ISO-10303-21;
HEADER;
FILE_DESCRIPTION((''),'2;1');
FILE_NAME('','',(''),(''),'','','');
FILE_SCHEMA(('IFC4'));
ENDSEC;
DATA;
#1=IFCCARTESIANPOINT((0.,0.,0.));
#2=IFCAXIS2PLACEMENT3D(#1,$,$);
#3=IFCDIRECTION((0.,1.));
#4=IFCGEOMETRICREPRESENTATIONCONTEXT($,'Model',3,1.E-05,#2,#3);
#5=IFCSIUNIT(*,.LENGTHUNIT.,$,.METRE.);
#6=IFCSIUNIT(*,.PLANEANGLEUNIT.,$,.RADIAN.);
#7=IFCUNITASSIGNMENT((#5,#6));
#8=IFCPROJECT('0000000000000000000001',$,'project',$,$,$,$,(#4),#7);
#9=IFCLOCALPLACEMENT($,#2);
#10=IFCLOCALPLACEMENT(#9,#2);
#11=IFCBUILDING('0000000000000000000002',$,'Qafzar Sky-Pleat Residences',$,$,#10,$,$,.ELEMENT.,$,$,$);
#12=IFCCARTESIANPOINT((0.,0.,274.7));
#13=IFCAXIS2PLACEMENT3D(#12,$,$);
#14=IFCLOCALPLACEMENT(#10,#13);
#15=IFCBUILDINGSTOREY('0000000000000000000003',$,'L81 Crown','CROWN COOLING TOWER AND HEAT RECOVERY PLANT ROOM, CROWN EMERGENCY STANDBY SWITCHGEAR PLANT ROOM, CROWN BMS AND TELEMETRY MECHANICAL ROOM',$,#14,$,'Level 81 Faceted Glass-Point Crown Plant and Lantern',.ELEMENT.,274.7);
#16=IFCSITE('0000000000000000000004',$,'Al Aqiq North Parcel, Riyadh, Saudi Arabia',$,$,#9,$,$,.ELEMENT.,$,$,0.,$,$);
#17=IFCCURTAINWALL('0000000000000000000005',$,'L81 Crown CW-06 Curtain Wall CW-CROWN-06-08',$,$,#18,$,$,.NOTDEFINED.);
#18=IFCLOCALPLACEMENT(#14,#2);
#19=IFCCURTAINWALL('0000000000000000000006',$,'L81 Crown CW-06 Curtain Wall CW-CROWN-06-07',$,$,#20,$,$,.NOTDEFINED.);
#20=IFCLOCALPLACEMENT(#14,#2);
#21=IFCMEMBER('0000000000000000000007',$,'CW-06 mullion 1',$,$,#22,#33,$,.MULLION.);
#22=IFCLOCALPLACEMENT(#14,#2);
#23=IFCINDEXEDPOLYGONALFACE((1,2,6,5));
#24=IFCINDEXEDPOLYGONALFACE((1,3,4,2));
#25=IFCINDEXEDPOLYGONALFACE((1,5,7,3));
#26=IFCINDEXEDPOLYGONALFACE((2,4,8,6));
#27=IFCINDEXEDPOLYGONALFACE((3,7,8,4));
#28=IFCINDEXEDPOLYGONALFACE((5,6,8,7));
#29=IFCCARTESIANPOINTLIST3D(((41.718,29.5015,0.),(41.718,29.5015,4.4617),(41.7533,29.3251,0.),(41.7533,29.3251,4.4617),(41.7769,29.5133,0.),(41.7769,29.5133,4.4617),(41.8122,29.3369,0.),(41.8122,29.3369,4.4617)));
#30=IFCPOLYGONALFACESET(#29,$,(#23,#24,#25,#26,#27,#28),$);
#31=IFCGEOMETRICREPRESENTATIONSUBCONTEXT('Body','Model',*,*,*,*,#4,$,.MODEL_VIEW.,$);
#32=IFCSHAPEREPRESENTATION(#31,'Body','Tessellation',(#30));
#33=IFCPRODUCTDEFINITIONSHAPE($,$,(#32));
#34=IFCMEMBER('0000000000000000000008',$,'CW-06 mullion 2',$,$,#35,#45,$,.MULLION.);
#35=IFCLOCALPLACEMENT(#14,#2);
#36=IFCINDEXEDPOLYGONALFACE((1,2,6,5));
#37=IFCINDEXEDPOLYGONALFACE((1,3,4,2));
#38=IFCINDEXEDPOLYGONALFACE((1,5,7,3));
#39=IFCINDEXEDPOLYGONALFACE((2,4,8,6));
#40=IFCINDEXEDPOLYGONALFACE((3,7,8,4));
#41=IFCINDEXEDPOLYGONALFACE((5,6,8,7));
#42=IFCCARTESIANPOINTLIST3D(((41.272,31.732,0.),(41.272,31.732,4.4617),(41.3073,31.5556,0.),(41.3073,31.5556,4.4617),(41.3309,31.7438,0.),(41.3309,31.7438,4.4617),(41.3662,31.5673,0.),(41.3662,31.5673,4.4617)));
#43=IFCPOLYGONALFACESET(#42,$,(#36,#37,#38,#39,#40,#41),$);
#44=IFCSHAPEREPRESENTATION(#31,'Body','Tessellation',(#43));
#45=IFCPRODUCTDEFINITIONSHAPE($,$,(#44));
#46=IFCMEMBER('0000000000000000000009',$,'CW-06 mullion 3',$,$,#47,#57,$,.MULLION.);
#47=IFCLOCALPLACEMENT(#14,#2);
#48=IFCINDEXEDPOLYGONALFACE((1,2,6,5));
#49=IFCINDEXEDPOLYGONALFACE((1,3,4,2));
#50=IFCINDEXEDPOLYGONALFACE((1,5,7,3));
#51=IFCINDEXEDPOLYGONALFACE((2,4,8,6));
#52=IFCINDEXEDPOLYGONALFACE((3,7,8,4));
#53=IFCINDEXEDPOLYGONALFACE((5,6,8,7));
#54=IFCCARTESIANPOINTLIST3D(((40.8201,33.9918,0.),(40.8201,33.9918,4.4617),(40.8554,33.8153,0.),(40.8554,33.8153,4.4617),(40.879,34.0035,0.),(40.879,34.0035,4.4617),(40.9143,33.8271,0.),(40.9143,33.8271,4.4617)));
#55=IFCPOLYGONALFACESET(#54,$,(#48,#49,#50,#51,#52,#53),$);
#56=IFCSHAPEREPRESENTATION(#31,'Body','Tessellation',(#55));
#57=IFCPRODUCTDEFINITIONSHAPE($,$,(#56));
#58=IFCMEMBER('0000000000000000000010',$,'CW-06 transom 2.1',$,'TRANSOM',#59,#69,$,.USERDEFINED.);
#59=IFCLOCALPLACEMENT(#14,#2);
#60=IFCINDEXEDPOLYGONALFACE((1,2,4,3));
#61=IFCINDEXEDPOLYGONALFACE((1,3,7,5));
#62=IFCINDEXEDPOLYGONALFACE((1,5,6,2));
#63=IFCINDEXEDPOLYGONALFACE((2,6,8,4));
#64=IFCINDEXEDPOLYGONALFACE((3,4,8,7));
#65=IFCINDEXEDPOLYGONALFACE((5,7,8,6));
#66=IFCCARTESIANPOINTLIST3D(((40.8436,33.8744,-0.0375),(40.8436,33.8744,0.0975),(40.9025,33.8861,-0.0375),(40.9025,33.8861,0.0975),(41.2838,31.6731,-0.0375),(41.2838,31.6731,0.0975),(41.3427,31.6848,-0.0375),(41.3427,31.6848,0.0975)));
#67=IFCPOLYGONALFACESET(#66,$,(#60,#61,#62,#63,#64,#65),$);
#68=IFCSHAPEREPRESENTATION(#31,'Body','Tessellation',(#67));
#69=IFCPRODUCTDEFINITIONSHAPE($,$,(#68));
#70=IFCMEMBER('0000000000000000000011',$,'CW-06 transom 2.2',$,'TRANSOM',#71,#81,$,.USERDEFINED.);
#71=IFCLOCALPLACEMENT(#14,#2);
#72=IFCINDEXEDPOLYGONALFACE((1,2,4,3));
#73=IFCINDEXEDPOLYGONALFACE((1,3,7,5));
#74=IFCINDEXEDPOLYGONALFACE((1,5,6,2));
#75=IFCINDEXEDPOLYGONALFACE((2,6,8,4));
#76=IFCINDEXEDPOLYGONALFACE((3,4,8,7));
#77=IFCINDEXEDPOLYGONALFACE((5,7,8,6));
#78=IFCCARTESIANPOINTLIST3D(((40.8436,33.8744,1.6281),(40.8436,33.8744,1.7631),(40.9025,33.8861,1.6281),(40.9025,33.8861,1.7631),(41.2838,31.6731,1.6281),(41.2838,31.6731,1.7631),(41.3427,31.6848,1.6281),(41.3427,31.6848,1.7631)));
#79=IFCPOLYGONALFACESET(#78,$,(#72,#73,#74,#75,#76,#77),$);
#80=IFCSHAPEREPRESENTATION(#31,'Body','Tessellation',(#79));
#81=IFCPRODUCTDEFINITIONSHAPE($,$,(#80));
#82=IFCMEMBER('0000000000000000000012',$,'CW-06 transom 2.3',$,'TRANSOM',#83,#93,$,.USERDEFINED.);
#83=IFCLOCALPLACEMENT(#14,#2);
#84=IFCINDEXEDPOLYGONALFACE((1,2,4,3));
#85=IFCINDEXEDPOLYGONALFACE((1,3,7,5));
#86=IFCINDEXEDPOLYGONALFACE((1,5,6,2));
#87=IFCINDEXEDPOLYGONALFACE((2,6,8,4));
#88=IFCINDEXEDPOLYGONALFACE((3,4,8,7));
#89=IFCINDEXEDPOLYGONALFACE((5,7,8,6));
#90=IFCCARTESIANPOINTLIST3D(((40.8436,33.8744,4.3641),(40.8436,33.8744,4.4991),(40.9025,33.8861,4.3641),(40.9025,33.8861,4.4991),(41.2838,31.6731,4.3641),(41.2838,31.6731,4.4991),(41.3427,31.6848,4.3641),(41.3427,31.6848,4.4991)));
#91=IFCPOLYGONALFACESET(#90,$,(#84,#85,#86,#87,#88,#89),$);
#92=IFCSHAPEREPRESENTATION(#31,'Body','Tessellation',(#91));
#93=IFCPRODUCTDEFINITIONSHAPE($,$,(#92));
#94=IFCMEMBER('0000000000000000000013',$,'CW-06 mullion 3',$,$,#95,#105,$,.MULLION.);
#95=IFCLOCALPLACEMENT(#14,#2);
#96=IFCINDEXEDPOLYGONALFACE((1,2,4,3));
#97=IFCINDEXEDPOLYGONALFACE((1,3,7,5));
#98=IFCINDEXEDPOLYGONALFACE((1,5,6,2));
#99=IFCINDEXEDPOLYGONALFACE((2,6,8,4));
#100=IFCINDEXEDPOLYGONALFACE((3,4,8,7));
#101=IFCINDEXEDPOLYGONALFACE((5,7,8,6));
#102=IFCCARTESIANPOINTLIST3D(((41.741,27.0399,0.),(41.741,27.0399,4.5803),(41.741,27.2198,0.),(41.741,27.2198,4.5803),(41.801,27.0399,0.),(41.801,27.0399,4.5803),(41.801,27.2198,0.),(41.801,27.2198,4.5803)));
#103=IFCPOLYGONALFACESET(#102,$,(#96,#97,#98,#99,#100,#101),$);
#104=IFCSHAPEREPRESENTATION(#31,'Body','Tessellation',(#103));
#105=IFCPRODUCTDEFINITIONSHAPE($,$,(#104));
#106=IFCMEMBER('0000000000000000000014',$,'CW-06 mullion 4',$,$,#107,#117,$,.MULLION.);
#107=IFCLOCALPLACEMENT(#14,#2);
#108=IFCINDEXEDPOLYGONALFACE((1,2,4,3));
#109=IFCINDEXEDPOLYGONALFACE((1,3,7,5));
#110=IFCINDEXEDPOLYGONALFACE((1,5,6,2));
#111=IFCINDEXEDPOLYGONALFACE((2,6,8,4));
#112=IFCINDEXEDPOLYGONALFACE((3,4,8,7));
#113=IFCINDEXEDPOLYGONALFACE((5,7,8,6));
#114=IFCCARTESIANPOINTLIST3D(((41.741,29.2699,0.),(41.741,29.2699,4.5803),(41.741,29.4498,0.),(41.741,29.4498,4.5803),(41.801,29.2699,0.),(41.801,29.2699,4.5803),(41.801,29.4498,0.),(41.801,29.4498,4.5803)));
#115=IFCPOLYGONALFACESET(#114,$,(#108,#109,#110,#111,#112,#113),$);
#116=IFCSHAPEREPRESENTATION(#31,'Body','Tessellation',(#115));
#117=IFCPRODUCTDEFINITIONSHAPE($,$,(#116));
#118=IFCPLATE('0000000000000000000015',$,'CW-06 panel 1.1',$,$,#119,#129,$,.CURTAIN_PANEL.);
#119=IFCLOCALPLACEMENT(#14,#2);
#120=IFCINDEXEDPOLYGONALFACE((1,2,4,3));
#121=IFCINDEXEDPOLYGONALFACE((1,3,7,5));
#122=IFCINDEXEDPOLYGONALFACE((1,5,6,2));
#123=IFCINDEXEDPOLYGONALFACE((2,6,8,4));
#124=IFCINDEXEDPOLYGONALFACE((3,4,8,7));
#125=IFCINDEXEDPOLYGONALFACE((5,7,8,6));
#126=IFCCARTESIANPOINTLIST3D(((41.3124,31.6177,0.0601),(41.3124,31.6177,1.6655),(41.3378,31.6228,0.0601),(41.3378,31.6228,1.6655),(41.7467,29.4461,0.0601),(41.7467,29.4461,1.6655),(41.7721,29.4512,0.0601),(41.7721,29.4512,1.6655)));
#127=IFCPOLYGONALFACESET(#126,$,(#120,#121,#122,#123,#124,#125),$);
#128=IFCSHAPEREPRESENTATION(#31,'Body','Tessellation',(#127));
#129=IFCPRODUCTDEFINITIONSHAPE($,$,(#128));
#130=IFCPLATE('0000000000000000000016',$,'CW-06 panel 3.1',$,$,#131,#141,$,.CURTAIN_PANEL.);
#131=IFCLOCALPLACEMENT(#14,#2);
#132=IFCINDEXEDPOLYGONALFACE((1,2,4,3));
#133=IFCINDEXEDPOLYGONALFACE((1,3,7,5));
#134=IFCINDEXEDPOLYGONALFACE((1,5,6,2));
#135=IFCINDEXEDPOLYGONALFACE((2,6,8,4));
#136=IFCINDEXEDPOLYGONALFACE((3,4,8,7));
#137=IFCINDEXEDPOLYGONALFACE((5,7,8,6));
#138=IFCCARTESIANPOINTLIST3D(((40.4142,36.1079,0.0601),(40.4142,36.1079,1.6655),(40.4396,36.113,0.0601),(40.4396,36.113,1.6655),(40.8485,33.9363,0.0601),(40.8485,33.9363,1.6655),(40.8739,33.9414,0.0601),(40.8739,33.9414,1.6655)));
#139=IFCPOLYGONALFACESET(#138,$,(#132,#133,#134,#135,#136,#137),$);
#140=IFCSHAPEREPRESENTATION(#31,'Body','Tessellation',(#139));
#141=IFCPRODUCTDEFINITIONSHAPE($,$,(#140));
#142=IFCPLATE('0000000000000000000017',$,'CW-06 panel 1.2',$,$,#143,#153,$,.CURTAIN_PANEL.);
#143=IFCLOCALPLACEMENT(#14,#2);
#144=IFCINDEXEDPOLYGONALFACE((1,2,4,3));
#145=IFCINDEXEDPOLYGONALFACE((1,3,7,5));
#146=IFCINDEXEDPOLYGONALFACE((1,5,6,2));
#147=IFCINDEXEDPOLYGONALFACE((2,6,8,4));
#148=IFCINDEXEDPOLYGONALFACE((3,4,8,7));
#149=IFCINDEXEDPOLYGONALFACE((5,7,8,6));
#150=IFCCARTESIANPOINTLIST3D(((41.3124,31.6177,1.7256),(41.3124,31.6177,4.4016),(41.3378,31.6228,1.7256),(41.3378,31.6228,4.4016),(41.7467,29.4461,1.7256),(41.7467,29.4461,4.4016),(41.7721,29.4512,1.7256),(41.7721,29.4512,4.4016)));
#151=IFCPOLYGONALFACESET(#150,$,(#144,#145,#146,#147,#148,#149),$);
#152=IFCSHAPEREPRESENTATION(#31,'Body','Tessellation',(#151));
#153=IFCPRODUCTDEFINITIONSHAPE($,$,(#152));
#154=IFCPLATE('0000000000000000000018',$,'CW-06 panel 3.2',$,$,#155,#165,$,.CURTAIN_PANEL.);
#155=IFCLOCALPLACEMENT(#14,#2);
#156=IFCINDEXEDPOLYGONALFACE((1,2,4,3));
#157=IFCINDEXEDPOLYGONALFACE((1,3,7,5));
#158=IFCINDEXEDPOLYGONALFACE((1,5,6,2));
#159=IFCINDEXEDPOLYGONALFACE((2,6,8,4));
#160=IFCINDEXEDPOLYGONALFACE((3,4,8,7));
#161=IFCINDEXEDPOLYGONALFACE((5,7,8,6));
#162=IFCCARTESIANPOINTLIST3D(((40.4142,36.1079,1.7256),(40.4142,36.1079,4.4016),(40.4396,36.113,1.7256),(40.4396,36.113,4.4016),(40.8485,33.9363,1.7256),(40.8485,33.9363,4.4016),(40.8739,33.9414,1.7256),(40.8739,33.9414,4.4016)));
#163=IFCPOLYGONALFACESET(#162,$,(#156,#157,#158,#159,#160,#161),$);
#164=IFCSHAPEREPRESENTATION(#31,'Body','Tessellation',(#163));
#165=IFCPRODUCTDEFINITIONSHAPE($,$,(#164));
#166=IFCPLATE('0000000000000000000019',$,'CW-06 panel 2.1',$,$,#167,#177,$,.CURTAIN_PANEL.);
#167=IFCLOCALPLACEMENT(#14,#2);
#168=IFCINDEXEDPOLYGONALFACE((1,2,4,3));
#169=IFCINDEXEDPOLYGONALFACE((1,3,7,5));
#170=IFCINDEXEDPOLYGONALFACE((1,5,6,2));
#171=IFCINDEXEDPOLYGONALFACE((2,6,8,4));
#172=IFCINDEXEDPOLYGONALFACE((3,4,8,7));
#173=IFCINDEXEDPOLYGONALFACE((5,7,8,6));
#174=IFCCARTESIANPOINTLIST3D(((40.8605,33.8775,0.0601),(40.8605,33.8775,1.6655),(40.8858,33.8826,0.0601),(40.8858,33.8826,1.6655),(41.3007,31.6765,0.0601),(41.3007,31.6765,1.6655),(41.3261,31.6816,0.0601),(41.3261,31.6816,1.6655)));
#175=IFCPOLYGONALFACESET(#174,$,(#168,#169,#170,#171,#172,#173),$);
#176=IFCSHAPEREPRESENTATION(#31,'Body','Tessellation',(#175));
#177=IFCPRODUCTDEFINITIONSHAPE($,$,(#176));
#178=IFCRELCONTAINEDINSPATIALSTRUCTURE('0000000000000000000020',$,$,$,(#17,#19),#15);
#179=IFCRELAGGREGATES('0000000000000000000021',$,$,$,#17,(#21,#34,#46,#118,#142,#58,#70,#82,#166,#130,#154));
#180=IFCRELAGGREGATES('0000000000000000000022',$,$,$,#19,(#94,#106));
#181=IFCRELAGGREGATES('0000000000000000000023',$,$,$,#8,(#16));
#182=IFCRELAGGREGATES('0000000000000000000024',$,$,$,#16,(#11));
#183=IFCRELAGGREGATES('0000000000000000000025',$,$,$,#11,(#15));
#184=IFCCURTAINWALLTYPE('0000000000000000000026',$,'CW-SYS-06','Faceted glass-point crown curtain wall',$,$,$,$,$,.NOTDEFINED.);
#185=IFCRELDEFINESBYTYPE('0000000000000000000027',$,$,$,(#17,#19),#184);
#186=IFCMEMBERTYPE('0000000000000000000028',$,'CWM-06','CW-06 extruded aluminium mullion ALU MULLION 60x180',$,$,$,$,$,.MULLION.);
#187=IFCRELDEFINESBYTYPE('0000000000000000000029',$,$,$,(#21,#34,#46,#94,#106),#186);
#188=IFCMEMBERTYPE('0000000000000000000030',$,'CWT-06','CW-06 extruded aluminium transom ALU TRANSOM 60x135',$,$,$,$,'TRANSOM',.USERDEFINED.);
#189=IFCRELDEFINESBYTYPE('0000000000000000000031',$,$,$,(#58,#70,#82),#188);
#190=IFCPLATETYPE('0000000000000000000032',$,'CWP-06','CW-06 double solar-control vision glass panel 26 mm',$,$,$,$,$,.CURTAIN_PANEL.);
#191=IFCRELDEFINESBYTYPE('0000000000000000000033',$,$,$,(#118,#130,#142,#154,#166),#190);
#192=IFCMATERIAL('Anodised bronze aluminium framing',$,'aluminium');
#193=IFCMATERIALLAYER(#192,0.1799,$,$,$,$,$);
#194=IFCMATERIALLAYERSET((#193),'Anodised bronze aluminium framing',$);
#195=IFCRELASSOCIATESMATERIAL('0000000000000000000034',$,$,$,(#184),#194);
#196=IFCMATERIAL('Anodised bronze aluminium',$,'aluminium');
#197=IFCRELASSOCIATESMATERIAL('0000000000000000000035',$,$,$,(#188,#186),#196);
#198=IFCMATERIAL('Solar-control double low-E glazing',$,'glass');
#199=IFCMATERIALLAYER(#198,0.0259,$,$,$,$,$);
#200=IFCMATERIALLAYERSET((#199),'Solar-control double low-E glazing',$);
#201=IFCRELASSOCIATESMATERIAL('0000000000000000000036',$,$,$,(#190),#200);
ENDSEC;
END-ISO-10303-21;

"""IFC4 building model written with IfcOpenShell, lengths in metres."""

from ifc_helpers import new_model, si_unit, direction, frame, origin, origin_2d, place, context, subcontext, project, spatial, rectangle, extrude, source, transform, mapped, material, layer, layer_set, material_profile, profile_set, type_object, element, aggregate, save


model = new_model("IFC4")

# Units and contexts
model_context = context("Model", 3, precision=1e-05, world=origin(), true_north=direction((0.0, 1.0)))
body_context = subcontext(model_context, "Body", "Model", "MODEL_VIEW")
ifc_project = project(units=[si_unit("LENGTHUNIT", "METRE"), si_unit("PLANEANGLEUNIT", "RADIAN")], contexts=[model_context])

# Site, building, storey
site_placement = place(None, origin())
site = spatial("IfcSite", under=ifc_project, at=site_placement, Name="Al Aqiq North Parcel, Riyadh, Saudi Arabia", CompositionType="ELEMENT", RefElevation=0.0)
building_placement = place(site_placement, origin())
building = spatial("IfcBuilding", under=site, at=building_placement, Name="Qafzar Sky-Pleat Residences", CompositionType="ELEMENT")
storey_placement = place(building_placement, frame((0.0, 0.0, 274.7)))
storey = spatial("IfcBuildingStorey", under=building, at=storey_placement, Name="L81 Crown", Description="CROWN COOLING TOWER AND HEAT RECOVERY PLANT ROOM, CROWN EMERGENCY STANDBY SWITCHGEAR PLANT ROOM, CROWN BMS AND TELEMETRY MECHANICAL ROOM", LongName="Level 81 Faceted Glass-Point Crown Plant and Lantern", CompositionType="ELEMENT", Elevation=274.7)

# Curtain walls
ifc_material_1 = material(Name="Anodised bronze aluminium framing", Category="aluminium")
ifc_layer_1 = layer(ifc_material_1, 0.1799)
ifc_layer_set_1 = layer_set([ifc_layer_1], Name="Anodised bronze aluminium framing")
curtain_wall_type = type_object("IfcCurtainWallType", Name="CW-SYS-06", Description="Faceted glass-point crown curtain wall", PredefinedType="NOTDEFINED", material=ifc_layer_set_1)
curtain_wall_1_placement = place(storey_placement, origin())
curtain_wall_1 = element("IfcCurtainWall", 1, at=curtain_wall_1_placement, inside=storey, type_object=curtain_wall_type, Name="L81 Crown CW-06 Curtain Wall CW-CROWN-06-08", PredefinedType="NOTDEFINED")
ifc_material_2 = material(Name="Anodised bronze aluminium", Category="aluminium")
ifc_material_profile_1 = material_profile(ifc_material_2, rectangle(XDim=0.0601, YDim=0.135, at=origin_2d()), Name="ALU TRANSOM 60x135")
ifc_profile_set_1 = profile_set([ifc_material_profile_1], Name="Anodised bronze aluminium")
member_type_1 = type_object("IfcMemberType", Name="CWT-06", Description="CW-06 extruded aluminium transom ALU TRANSOM 60x135", ElementType="TRANSOM", PredefinedType="USERDEFINED", material=ifc_profile_set_1)
curtain_wall_2_placement = place(storey_placement, origin())
curtain_wall_2 = element("IfcCurtainWall", 2, at=curtain_wall_2_placement, inside=storey, type_object=curtain_wall_type, Name="L81 Crown CW-06 Curtain Wall CW-CROWN-06-07", PredefinedType="NOTDEFINED")

# Members
ifc_material_profile_2 = material_profile(ifc_material_2, rectangle(XDim=0.0601, YDim=0.1799, at=origin_2d()), Name="ALU MULLION 60x180")
ifc_profile_set_2 = profile_set([ifc_material_profile_2], Name="Anodised bronze aluminium")
member_type_2 = type_object("IfcMemberType", Name="CWM-06", Description="CW-06 extruded aluminium mullion ALU MULLION 60x180", PredefinedType="MULLION", material=ifc_profile_set_2)
shared_shape_1 = source(origin(), body_context, "Body", "SweptSolid", [
    extrude(rectangle(XDim=0.0601, YDim=0.1799, at=origin_2d()), origin(), (0.0, 0.0, 1.0), 4.4617),
])
member_1_placement = place(storey_placement, frame((41.7651, 29.4192, 0.0), z_axis=(0.0, 0.0, 1.0), x_axis=(-0.980581, -0.196116, 0.0)))
member_1 = element("IfcMember", 3, at=member_1_placement, type_object=member_type_2, Name="CW-06 mullion 1", PredefinedType="MULLION", context=body_context, shape_type="MappedRepresentation", body=[
    mapped(shared_shape_1, transform((0.0, 0.0, 0.0), x_axis=(1.0, 0.0, 0.0), y_axis=(0.0, 1.0, 0.0), z_axis=(0.0, 0.0, 1.0), scale=1.0)),
])
member_2_placement = place(storey_placement, frame((41.3191, 31.6497, 0.0), z_axis=(0.0, 0.0, 1.0), x_axis=(-0.980581, -0.196116, 0.0)))
member_2 = element("IfcMember", 4, at=member_2_placement, type_object=member_type_2, Name="CW-06 mullion 2", PredefinedType="MULLION", context=body_context, shape_type="MappedRepresentation", body=[
    mapped(shared_shape_1, transform((0.0, 0.0, 0.0), x_axis=(1.0, 0.0, 0.0), y_axis=(0.0, 1.0, 0.0), z_axis=(0.0, 0.0, 1.0), scale=1.0)),
])
member_3_placement = place(storey_placement, frame((40.8672, 33.9094, 0.0), z_axis=(0.0, 0.0, 1.0), x_axis=(-0.980581, -0.196116, 0.0)))
member_3 = element("IfcMember", 5, at=member_3_placement, type_object=member_type_2, Name="CW-06 mullion 3", PredefinedType="MULLION", context=body_context, shape_type="MappedRepresentation", body=[
    mapped(shared_shape_1, transform((0.0, 0.0, 0.0), x_axis=(1.0, 0.0, 0.0), y_axis=(0.0, 1.0, 0.0), z_axis=(0.0, 0.0, 1.0), scale=1.0)),
])
shared_shape_2 = source(origin(), body_context, "Body", "SweptSolid", [
    extrude(rectangle(XDim=0.0601, YDim=0.135, at=origin_2d()), origin(), (0.0, 0.0, 1.0), 2.2449),
])
member_4_placement = place(storey_placement, frame((41.3132, 31.679, 0.03), z_axis=(-0.196095, 0.980585, 0.0), x_axis=(-0.980585, -0.196095, 0.0)))
member_4 = element("IfcMember", 6, at=member_4_placement, type_object=member_type_1, Name="CW-06 transom 2.1", ObjectType="TRANSOM", PredefinedType="USERDEFINED", context=body_context, shape_type="MappedRepresentation", body=[
    mapped(shared_shape_2, transform((0.0, 0.0, 0.0), x_axis=(1.0, 0.0, 0.0), y_axis=(0.0, 1.0, 0.0), z_axis=(0.0, 0.0, 1.0), scale=1.0)),
])
member_5_placement = place(storey_placement, frame((41.3132, 31.679, 1.6956), z_axis=(-0.196095, 0.980585, 0.0), x_axis=(-0.980585, -0.196095, 0.0)))
member_5 = element("IfcMember", 7, at=member_5_placement, type_object=member_type_1, Name="CW-06 transom 2.2", ObjectType="TRANSOM", PredefinedType="USERDEFINED", context=body_context, shape_type="MappedRepresentation", body=[
    mapped(shared_shape_2, transform((0.0, 0.0, 0.0), x_axis=(1.0, 0.0, 0.0), y_axis=(0.0, 1.0, 0.0), z_axis=(0.0, 0.0, 1.0), scale=1.0)),
])
member_6_placement = place(storey_placement, frame((41.3132, 31.679, 4.4316), z_axis=(-0.196095, 0.980585, 0.0), x_axis=(-0.980585, -0.196095, 0.0)))
member_6 = element("IfcMember", 8, at=member_6_placement, type_object=member_type_1, Name="CW-06 transom 2.3", ObjectType="TRANSOM", PredefinedType="USERDEFINED", context=body_context, shape_type="MappedRepresentation", body=[
    mapped(shared_shape_2, transform((0.0, 0.0, 0.0), x_axis=(1.0, 0.0, 0.0), y_axis=(0.0, 1.0, 0.0), z_axis=(0.0, 0.0, 1.0), scale=1.0)),
])
shared_shape_3 = source(origin(), body_context, "Body", "SweptSolid", [
    extrude(rectangle(XDim=0.0601, YDim=0.1799, at=origin_2d()), origin(), (0.0, 0.0, 1.0), 4.5803),
])
member_7_placement = place(storey_placement, frame((41.771, 27.1299, 0.0), z_axis=(0.0, 0.0, 1.0), x_axis=(-1.0, 0.0, 0.0)))
member_7 = element("IfcMember", 9, at=member_7_placement, type_object=member_type_2, Name="CW-06 mullion 3", PredefinedType="MULLION", context=body_context, shape_type="MappedRepresentation", body=[
    mapped(shared_shape_3, transform((0.0, 0.0, 0.0), x_axis=(1.0, 0.0, 0.0), y_axis=(0.0, 1.0, 0.0), z_axis=(0.0, 0.0, 1.0), scale=1.0)),
])
member_8_placement = place(storey_placement, frame((41.771, 29.3599, 0.0), z_axis=(0.0, 0.0, 1.0), x_axis=(-1.0, 0.0, 0.0)))
member_8 = element("IfcMember", 10, at=member_8_placement, type_object=member_type_2, Name="CW-06 mullion 4", PredefinedType="MULLION", context=body_context, shape_type="MappedRepresentation", body=[
    mapped(shared_shape_3, transform((0.0, 0.0, 0.0), x_axis=(1.0, 0.0, 0.0), y_axis=(0.0, 1.0, 0.0), z_axis=(0.0, 0.0, 1.0), scale=1.0)),
])

# Plates
ifc_material_3 = material(Name="Solar-control double low-E glazing", Category="glass")
ifc_layer_2 = layer(ifc_material_3, 0.0259)
ifc_layer_set_2 = layer_set([ifc_layer_2], Name="Solar-control double low-E glazing")
plate_type = type_object("IfcPlateType", Name="CWP-06", Description="CW-06 double solar-control vision glass panel 26 mm", PredefinedType="CURTAIN_PANEL", material=ifc_layer_set_2)
shared_shape_4 = source(origin(), body_context, "Body", "SweptSolid", [
    extrude(rectangle(XDim=2.2146, YDim=0.0259, at=origin_2d()), origin(), (0.0, 0.0, 1.0), 1.6055),
])
plate_1_placement = place(storey_placement, frame((41.5422, 30.5344, 0.0601), z_axis=(0.0, 0.0, 1.0), x_axis=(-0.196116, 0.980581, 0.0)))
plate_1 = element("IfcPlate", 11, at=plate_1_placement, type_object=plate_type, Name="CW-06 panel 1.1", PredefinedType="CURTAIN_PANEL", context=body_context, shape_type="MappedRepresentation", body=[
    mapped(shared_shape_4, transform((0.0, 0.0, 0.0), x_axis=(1.0, 0.0, 0.0), y_axis=(0.0, 1.0, 0.0), z_axis=(0.0, 0.0, 1.0), scale=1.0)),
])
plate_2_placement = place(storey_placement, frame((40.644, 35.0247, 0.0601), z_axis=(0.0, 0.0, 1.0), x_axis=(-0.196116, 0.980581, 0.0)))
plate_2 = element("IfcPlate", 12, at=plate_2_placement, type_object=plate_type, Name="CW-06 panel 3.1", PredefinedType="CURTAIN_PANEL", context=body_context, shape_type="MappedRepresentation", body=[
    mapped(shared_shape_4, transform((0.0, 0.0, 0.0), x_axis=(1.0, 0.0, 0.0), y_axis=(0.0, 1.0, 0.0), z_axis=(0.0, 0.0, 1.0), scale=1.0)),
])
shared_shape_5 = source(origin(), body_context, "Body", "SweptSolid", [
    extrude(rectangle(XDim=2.2146, YDim=0.0259, at=origin_2d()), origin(), (0.0, 0.0, 1.0), 2.676),
])
plate_3_placement = place(storey_placement, frame((41.5422, 30.5344, 1.7256), z_axis=(0.0, 0.0, 1.0), x_axis=(-0.196116, 0.980581, 0.0)))
plate_3 = element("IfcPlate", 13, at=plate_3_placement, type_object=plate_type, Name="CW-06 panel 1.2", PredefinedType="CURTAIN_PANEL", context=body_context, shape_type="MappedRepresentation", body=[
    mapped(shared_shape_5, transform((0.0, 0.0, 0.0), x_axis=(1.0, 0.0, 0.0), y_axis=(0.0, 1.0, 0.0), z_axis=(0.0, 0.0, 1.0), scale=1.0)),
])
plate_4_placement = place(storey_placement, frame((40.644, 35.0247, 1.7256), z_axis=(0.0, 0.0, 1.0), x_axis=(-0.196116, 0.980581, 0.0)))
plate_4 = element("IfcPlate", 14, at=plate_4_placement, type_object=plate_type, Name="CW-06 panel 3.2", PredefinedType="CURTAIN_PANEL", context=body_context, shape_type="MappedRepresentation", body=[
    mapped(shared_shape_5, transform((0.0, 0.0, 0.0), x_axis=(1.0, 0.0, 0.0), y_axis=(0.0, 1.0, 0.0), z_axis=(0.0, 0.0, 1.0), scale=1.0)),
])
shared_shape_6 = source(origin(), body_context, "Body", "SweptSolid", [
    extrude(rectangle(XDim=2.2446, YDim=0.0259, at=origin_2d()), origin(), (0.0, 0.0, 1.0), 1.6055),
])
plate_5_placement = place(storey_placement, frame((41.0933, 32.7795, 0.0601), z_axis=(0.0, 0.0, 1.0), x_axis=(-0.196116, 0.980581, 0.0)))
plate_5 = element("IfcPlate", 15, at=plate_5_placement, type_object=plate_type, Name="CW-06 panel 2.1", PredefinedType="CURTAIN_PANEL", context=body_context, shape_type="MappedRepresentation", body=[
    mapped(shared_shape_6, transform((0.0, 0.0, 0.0), x_axis=(1.0, 0.0, 0.0), y_axis=(0.0, 1.0, 0.0), z_axis=(0.0, 0.0, 1.0), scale=1.0)),
])
aggregate(curtain_wall_1, [member_1, member_2, member_3, plate_1, plate_3, member_4, member_5, member_6, plate_5, plate_2, plate_4])
aggregate(curtain_wall_2, [member_7, member_8])

save(model, "model.ifc")
